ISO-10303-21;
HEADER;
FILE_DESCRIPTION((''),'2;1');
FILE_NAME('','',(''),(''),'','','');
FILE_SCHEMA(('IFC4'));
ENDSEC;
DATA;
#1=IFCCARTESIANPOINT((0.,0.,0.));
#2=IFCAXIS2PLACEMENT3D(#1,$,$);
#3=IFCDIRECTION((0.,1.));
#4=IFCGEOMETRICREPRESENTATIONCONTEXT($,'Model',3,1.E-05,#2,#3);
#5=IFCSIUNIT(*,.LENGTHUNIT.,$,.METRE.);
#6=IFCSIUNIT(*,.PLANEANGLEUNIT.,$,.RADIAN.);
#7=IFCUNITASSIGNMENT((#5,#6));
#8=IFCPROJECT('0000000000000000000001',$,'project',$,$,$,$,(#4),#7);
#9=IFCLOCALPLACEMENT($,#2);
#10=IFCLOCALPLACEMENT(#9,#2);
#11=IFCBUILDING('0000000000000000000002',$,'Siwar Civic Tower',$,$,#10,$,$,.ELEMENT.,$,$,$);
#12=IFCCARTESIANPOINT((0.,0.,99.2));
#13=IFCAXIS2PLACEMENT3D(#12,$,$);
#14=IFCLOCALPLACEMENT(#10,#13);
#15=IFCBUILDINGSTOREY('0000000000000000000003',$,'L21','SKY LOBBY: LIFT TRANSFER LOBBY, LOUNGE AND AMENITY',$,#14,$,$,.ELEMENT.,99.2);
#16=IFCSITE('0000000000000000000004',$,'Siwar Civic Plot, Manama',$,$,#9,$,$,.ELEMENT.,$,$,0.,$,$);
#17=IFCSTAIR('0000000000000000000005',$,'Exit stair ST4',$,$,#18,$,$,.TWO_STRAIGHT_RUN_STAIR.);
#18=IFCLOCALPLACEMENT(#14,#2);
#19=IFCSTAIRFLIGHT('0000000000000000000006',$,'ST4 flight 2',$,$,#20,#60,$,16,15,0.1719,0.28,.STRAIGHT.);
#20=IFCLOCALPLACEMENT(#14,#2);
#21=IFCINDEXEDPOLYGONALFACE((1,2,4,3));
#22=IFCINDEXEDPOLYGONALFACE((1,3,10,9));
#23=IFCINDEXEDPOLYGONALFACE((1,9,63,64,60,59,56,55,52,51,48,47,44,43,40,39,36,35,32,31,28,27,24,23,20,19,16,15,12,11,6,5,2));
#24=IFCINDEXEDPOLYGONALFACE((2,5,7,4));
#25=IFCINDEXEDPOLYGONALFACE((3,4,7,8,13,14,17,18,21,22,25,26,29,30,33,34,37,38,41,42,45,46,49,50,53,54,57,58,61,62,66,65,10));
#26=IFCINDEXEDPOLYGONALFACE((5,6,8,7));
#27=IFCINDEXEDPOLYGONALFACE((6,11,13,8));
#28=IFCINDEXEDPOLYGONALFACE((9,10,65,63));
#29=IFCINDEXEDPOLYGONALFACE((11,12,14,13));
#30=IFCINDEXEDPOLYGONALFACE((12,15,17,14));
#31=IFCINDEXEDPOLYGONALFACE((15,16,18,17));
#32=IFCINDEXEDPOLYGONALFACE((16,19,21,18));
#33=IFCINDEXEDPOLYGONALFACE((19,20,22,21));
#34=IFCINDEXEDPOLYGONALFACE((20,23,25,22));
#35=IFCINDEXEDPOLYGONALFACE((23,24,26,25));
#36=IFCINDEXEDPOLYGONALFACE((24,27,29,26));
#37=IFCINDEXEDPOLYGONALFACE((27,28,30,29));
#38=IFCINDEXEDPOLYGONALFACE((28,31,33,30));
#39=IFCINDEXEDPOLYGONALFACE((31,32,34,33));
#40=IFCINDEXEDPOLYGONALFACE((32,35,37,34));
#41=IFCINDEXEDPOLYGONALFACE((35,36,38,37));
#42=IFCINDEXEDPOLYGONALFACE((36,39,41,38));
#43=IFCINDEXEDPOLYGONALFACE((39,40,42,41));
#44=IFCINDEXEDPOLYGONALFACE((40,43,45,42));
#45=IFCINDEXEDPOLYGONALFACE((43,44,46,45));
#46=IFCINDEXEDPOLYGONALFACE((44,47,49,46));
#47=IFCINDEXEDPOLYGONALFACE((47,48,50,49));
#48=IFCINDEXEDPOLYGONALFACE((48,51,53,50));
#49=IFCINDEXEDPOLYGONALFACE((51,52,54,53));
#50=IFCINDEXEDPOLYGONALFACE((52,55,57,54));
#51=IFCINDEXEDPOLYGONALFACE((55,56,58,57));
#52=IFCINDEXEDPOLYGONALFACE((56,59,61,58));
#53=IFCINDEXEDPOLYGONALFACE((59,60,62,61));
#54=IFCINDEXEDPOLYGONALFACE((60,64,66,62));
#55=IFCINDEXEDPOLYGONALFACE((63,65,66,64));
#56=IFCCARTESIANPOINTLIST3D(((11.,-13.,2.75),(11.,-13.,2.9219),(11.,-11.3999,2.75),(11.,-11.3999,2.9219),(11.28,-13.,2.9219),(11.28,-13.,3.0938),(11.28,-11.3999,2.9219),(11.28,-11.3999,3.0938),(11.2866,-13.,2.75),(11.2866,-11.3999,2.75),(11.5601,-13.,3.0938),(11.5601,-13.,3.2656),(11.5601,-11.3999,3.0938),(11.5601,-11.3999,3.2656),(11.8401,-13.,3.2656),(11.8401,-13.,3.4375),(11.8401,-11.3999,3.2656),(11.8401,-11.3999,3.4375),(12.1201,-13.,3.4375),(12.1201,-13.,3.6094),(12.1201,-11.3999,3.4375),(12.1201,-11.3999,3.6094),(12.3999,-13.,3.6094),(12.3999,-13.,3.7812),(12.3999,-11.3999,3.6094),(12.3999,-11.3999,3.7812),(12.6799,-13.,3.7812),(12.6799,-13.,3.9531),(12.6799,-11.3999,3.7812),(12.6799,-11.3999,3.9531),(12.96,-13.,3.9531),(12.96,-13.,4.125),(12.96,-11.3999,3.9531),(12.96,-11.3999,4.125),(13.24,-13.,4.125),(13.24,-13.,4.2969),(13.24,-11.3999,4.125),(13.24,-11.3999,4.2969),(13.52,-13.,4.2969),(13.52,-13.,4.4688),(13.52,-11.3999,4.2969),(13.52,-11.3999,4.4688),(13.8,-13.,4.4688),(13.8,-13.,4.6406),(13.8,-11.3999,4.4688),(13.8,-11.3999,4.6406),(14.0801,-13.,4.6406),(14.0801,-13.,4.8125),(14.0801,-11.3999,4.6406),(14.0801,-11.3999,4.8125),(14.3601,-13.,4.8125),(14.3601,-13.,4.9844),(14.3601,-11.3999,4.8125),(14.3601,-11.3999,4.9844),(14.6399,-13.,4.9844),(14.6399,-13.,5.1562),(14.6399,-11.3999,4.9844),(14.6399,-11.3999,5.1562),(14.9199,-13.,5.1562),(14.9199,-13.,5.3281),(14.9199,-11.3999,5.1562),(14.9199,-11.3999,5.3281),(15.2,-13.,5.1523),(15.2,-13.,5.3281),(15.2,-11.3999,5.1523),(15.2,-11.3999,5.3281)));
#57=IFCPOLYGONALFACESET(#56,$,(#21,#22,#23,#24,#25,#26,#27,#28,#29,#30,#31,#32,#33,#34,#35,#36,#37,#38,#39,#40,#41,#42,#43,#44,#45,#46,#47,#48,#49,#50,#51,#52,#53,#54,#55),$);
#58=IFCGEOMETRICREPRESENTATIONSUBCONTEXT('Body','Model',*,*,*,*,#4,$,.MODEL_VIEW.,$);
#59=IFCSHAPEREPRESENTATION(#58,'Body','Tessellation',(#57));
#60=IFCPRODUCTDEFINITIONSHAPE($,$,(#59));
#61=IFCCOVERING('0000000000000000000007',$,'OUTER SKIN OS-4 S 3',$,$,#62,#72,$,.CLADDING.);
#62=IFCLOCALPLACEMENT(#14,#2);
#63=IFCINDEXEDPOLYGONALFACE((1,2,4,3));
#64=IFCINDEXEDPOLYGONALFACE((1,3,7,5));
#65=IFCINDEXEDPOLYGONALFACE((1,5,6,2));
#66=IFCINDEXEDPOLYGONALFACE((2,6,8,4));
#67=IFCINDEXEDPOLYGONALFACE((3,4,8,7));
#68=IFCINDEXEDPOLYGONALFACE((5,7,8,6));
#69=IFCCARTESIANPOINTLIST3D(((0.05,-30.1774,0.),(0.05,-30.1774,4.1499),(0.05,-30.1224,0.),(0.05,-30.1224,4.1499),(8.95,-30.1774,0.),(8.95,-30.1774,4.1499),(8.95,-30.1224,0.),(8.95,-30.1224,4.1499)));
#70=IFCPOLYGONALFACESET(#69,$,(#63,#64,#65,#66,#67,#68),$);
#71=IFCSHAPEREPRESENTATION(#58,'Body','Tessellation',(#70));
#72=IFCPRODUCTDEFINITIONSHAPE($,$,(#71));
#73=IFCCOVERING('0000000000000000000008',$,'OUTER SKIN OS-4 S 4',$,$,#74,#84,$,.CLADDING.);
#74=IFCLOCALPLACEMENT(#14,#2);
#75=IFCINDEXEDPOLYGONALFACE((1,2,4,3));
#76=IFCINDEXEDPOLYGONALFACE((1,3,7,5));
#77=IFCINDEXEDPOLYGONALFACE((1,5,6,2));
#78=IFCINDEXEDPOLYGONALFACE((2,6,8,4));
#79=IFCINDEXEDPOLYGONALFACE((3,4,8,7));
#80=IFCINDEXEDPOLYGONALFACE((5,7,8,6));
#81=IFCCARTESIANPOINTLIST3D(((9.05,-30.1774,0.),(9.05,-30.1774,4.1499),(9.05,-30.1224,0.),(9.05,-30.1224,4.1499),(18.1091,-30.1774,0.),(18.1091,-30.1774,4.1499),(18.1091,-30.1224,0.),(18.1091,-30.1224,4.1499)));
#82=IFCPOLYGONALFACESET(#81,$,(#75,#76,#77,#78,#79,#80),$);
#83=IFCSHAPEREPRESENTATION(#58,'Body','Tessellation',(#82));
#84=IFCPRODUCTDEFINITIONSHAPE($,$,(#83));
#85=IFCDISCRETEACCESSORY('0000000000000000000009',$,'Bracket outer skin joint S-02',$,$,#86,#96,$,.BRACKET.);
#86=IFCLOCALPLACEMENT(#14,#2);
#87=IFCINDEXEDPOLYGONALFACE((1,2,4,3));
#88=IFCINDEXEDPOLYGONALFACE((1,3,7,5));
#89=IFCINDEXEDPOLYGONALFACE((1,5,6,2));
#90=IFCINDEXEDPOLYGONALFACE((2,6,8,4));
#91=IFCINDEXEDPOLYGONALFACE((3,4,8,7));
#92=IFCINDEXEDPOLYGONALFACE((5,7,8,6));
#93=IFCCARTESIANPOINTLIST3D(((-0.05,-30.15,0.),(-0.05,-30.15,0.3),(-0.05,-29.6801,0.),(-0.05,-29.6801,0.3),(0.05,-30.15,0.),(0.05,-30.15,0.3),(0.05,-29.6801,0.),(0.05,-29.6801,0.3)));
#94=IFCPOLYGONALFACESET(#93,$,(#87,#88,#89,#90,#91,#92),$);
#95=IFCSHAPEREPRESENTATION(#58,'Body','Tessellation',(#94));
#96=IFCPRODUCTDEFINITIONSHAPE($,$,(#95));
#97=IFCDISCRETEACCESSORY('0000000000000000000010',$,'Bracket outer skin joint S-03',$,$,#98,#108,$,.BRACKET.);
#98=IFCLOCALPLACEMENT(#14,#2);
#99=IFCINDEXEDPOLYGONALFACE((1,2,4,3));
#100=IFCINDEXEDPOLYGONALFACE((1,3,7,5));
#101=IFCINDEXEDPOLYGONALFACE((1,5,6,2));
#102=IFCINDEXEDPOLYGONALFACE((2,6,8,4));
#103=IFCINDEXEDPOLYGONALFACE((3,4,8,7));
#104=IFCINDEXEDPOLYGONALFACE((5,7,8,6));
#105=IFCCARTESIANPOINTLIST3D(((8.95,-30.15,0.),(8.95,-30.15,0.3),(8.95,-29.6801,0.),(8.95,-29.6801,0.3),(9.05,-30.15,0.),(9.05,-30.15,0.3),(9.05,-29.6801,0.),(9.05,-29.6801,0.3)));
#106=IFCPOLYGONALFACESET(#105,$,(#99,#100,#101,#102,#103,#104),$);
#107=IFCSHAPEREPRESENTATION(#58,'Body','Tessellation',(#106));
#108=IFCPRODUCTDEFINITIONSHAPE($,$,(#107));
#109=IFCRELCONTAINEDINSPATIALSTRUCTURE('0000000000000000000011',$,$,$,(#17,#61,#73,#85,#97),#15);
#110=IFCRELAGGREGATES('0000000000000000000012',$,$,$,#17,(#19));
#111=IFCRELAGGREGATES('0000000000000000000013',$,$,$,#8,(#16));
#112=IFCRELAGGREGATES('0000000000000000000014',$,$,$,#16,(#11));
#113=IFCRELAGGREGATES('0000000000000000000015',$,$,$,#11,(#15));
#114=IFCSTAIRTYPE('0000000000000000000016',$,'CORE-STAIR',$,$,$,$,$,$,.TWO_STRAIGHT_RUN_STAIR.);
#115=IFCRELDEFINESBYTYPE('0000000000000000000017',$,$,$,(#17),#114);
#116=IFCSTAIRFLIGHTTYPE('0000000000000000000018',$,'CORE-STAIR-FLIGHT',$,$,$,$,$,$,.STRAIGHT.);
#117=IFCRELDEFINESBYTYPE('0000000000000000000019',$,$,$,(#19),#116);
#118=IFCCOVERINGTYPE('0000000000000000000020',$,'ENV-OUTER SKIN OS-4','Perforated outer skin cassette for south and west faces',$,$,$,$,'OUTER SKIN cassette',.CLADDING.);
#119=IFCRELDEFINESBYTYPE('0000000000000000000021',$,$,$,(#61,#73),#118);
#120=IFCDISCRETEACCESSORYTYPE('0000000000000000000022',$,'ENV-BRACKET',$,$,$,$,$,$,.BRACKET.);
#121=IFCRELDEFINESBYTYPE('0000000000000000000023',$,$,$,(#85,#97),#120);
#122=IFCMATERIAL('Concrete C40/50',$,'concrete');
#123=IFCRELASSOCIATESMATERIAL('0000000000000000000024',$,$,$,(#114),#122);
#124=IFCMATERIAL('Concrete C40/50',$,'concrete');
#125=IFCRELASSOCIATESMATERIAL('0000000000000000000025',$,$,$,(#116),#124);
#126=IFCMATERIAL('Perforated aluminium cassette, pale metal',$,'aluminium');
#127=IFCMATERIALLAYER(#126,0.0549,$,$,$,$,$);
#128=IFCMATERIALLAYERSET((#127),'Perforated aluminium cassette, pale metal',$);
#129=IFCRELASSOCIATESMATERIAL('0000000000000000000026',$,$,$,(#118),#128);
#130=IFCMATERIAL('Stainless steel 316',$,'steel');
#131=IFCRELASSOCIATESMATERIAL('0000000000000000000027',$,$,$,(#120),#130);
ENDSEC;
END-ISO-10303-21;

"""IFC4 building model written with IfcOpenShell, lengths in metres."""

from ifc_helpers import new_model, si_unit, direction, frame, origin, origin_2d, place, context, subcontext, project, spatial, polyline, rectangle, outline, extrude, material, layer, layer_set, type_object, element, aggregate, save


model = new_model("IFC4")

# Units and contexts
model_context = context("Model", 3, precision=1e-05, world=origin(), true_north=direction((0.0, 1.0)))
body_context = subcontext(model_context, "Body", "Model", "MODEL_VIEW")
ifc_project = project(units=[si_unit("LENGTHUNIT", "METRE"), si_unit("PLANEANGLEUNIT", "RADIAN")], contexts=[model_context])

# Site, building, storey
site_placement = place(None, origin())
site = spatial("IfcSite", under=ifc_project, at=site_placement, Name="Siwar Civic Plot, Manama", CompositionType="ELEMENT", RefElevation=0.0)
building_placement = place(site_placement, origin())
building = spatial("IfcBuilding", under=site, at=building_placement, Name="Siwar Civic Tower", CompositionType="ELEMENT")
storey_placement = place(building_placement, frame((0.0, 0.0, 99.2)))
storey = spatial("IfcBuildingStorey", under=building, at=storey_placement, Name="L21", Description="SKY LOBBY: LIFT TRANSFER LOBBY, LOUNGE AND AMENITY", CompositionType="ELEMENT", Elevation=99.2)

# Stair, stair flight
ifc_material_1 = material(Name="Concrete C40/50", Category="concrete")
stair_type = type_object("IfcStairType", Name="CORE-STAIR", PredefinedType="TWO_STRAIGHT_RUN_STAIR", material=ifc_material_1)
stair_placement = place(storey_placement, origin())
stair = element("IfcStair", 1, at=stair_placement, inside=storey, type_object=stair_type, Name="Exit stair ST4", PredefinedType="TWO_STRAIGHT_RUN_STAIR")
ifc_material_2 = material(Name="Concrete C40/50", Category="concrete")
stair_flight_type = type_object("IfcStairFlightType", Name="CORE-STAIR-FLIGHT", PredefinedType="STRAIGHT", material=ifc_material_2)
stair_flight_placement = place(storey_placement, frame((11.0, -12.2, 2.75), z_axis=(0.0, 0.0, 1.0), x_axis=(1.0, 0.0, 0.0)))
stair_flight = element("IfcStairFlight", 2, at=stair_flight_placement, type_object=stair_flight_type, Name="ST4 flight 2", NumberOfRisers=16, NumberOfTreads=15, PredefinedType="STRAIGHT", RiserHeight=0.1719, TreadLength=0.28, context=body_context, shape_type="SweptSolid", body=[
    extrude(outline(polyline([(0.0, 0.0), (0.0, 0.1719), (0.28, 0.1719), (0.28, 0.3438), (0.5601, 0.3438), (0.5601, 0.5156), (0.8401, 0.5156), (0.8401, 0.6875), (1.1201, 0.6875), (1.1201, 0.8594), (1.3999, 0.8594), (1.3999, 1.0312), (1.6799, 1.0312), (1.6799, 1.2031), (1.96, 1.2031), (1.96, 1.375), (2.24, 1.375), (2.24, 1.5469), (2.52, 1.5469), (2.52, 1.7188), (2.8, 1.7188), (2.8, 1.8906), (3.0801, 1.8906), (3.0801, 2.0625), (3.3601, 2.0625), (3.3601, 2.2344), (3.6399, 2.2344), (3.6399, 2.4062), (3.9199, 2.4062), (3.9199, 2.5781), (4.2, 2.5781), (4.2, 2.75), (4.2, 2.4023), (0.2866, 0.0), (0.0, 0.0)])), frame((0.0, 0.8, 0.0), z_axis=(0.0, -1.0, 0.0), x_axis=(1.0, 0.0, 0.0)), (0.0, 0.0, 1.0), 1.6001),
])
aggregate(stair, [stair_flight])

# Coverings
ifc_material_3 = material(Name="Perforated aluminium cassette, pale metal", Category="aluminium")
ifc_layer_1 = layer(ifc_material_3, 0.0549)
ifc_layer_set_1 = layer_set([ifc_layer_1], Name="Perforated aluminium cassette, pale metal")
covering_type = type_object("IfcCoveringType", Name="ENV-OUTER SKIN OS-4", Description="Perforated outer skin cassette for south and west faces", ElementType="OUTER SKIN cassette", PredefinedType="CLADDING", material=ifc_layer_set_1)
covering_1_placement = place(storey_placement, frame((4.5, -30.1499, 0.0), z_axis=(0.0, 0.0, 1.0), x_axis=(1.0, 0.0, 0.0)))
element("IfcCovering", 3, at=covering_1_placement, inside=storey, type_object=covering_type, Name="OUTER SKIN OS-4 S 3", PredefinedType="CLADDING", context=body_context, shape_type="SweptSolid", body=[
    extrude(rectangle(XDim=8.8999, YDim=0.0549, at=origin_2d()), origin(), (0.0, 0.0, 1.0), 4.1499),
])
covering_2_placement = place(storey_placement, frame((13.5796, -30.1499, 0.0), z_axis=(0.0, 0.0, 1.0), x_axis=(1.0, 0.0, 0.0)))
element("IfcCovering", 4, at=covering_2_placement, inside=storey, type_object=covering_type, Name="OUTER SKIN OS-4 S 4", PredefinedType="CLADDING", context=body_context, shape_type="SweptSolid", body=[
    extrude(rectangle(XDim=9.0591, YDim=0.0549, at=origin_2d()), origin(), (0.0, 0.0, 1.0), 4.1499),
])

# Discrete accessories
ifc_material_4 = material(Name="Stainless steel 316", Category="steel")
discrete_accessory_type = type_object("IfcDiscreteAccessoryType", Name="ENV-BRACKET", PredefinedType="BRACKET", material=ifc_material_4)
for number, where, z_axis, x_axis, name in (
    (5, (0.0, -29.915, 0.0), (0.0, 0.0, 1.0), (0.0, -1.0, 0.0), "Bracket outer skin joint S-02"),
    (6, (9.0, -29.915, 0.0), (0.0, 0.0, 1.0), (0.0, -1.0, 0.0), "Bracket outer skin joint S-03"),
):
    element("IfcDiscreteAccessory", number, at=place(storey_placement, frame(where, z_axis=z_axis, x_axis=x_axis)), inside=storey, type_object=discrete_accessory_type, Name=name, PredefinedType="BRACKET", context=body_context, shape_type="SweptSolid", body=[
        extrude(rectangle(XDim=0.47, YDim=0.1001, at=origin_2d()), origin(), (0.0, 0.0, 1.0), 0.3),
    ])

save(model, "model.ifc")
